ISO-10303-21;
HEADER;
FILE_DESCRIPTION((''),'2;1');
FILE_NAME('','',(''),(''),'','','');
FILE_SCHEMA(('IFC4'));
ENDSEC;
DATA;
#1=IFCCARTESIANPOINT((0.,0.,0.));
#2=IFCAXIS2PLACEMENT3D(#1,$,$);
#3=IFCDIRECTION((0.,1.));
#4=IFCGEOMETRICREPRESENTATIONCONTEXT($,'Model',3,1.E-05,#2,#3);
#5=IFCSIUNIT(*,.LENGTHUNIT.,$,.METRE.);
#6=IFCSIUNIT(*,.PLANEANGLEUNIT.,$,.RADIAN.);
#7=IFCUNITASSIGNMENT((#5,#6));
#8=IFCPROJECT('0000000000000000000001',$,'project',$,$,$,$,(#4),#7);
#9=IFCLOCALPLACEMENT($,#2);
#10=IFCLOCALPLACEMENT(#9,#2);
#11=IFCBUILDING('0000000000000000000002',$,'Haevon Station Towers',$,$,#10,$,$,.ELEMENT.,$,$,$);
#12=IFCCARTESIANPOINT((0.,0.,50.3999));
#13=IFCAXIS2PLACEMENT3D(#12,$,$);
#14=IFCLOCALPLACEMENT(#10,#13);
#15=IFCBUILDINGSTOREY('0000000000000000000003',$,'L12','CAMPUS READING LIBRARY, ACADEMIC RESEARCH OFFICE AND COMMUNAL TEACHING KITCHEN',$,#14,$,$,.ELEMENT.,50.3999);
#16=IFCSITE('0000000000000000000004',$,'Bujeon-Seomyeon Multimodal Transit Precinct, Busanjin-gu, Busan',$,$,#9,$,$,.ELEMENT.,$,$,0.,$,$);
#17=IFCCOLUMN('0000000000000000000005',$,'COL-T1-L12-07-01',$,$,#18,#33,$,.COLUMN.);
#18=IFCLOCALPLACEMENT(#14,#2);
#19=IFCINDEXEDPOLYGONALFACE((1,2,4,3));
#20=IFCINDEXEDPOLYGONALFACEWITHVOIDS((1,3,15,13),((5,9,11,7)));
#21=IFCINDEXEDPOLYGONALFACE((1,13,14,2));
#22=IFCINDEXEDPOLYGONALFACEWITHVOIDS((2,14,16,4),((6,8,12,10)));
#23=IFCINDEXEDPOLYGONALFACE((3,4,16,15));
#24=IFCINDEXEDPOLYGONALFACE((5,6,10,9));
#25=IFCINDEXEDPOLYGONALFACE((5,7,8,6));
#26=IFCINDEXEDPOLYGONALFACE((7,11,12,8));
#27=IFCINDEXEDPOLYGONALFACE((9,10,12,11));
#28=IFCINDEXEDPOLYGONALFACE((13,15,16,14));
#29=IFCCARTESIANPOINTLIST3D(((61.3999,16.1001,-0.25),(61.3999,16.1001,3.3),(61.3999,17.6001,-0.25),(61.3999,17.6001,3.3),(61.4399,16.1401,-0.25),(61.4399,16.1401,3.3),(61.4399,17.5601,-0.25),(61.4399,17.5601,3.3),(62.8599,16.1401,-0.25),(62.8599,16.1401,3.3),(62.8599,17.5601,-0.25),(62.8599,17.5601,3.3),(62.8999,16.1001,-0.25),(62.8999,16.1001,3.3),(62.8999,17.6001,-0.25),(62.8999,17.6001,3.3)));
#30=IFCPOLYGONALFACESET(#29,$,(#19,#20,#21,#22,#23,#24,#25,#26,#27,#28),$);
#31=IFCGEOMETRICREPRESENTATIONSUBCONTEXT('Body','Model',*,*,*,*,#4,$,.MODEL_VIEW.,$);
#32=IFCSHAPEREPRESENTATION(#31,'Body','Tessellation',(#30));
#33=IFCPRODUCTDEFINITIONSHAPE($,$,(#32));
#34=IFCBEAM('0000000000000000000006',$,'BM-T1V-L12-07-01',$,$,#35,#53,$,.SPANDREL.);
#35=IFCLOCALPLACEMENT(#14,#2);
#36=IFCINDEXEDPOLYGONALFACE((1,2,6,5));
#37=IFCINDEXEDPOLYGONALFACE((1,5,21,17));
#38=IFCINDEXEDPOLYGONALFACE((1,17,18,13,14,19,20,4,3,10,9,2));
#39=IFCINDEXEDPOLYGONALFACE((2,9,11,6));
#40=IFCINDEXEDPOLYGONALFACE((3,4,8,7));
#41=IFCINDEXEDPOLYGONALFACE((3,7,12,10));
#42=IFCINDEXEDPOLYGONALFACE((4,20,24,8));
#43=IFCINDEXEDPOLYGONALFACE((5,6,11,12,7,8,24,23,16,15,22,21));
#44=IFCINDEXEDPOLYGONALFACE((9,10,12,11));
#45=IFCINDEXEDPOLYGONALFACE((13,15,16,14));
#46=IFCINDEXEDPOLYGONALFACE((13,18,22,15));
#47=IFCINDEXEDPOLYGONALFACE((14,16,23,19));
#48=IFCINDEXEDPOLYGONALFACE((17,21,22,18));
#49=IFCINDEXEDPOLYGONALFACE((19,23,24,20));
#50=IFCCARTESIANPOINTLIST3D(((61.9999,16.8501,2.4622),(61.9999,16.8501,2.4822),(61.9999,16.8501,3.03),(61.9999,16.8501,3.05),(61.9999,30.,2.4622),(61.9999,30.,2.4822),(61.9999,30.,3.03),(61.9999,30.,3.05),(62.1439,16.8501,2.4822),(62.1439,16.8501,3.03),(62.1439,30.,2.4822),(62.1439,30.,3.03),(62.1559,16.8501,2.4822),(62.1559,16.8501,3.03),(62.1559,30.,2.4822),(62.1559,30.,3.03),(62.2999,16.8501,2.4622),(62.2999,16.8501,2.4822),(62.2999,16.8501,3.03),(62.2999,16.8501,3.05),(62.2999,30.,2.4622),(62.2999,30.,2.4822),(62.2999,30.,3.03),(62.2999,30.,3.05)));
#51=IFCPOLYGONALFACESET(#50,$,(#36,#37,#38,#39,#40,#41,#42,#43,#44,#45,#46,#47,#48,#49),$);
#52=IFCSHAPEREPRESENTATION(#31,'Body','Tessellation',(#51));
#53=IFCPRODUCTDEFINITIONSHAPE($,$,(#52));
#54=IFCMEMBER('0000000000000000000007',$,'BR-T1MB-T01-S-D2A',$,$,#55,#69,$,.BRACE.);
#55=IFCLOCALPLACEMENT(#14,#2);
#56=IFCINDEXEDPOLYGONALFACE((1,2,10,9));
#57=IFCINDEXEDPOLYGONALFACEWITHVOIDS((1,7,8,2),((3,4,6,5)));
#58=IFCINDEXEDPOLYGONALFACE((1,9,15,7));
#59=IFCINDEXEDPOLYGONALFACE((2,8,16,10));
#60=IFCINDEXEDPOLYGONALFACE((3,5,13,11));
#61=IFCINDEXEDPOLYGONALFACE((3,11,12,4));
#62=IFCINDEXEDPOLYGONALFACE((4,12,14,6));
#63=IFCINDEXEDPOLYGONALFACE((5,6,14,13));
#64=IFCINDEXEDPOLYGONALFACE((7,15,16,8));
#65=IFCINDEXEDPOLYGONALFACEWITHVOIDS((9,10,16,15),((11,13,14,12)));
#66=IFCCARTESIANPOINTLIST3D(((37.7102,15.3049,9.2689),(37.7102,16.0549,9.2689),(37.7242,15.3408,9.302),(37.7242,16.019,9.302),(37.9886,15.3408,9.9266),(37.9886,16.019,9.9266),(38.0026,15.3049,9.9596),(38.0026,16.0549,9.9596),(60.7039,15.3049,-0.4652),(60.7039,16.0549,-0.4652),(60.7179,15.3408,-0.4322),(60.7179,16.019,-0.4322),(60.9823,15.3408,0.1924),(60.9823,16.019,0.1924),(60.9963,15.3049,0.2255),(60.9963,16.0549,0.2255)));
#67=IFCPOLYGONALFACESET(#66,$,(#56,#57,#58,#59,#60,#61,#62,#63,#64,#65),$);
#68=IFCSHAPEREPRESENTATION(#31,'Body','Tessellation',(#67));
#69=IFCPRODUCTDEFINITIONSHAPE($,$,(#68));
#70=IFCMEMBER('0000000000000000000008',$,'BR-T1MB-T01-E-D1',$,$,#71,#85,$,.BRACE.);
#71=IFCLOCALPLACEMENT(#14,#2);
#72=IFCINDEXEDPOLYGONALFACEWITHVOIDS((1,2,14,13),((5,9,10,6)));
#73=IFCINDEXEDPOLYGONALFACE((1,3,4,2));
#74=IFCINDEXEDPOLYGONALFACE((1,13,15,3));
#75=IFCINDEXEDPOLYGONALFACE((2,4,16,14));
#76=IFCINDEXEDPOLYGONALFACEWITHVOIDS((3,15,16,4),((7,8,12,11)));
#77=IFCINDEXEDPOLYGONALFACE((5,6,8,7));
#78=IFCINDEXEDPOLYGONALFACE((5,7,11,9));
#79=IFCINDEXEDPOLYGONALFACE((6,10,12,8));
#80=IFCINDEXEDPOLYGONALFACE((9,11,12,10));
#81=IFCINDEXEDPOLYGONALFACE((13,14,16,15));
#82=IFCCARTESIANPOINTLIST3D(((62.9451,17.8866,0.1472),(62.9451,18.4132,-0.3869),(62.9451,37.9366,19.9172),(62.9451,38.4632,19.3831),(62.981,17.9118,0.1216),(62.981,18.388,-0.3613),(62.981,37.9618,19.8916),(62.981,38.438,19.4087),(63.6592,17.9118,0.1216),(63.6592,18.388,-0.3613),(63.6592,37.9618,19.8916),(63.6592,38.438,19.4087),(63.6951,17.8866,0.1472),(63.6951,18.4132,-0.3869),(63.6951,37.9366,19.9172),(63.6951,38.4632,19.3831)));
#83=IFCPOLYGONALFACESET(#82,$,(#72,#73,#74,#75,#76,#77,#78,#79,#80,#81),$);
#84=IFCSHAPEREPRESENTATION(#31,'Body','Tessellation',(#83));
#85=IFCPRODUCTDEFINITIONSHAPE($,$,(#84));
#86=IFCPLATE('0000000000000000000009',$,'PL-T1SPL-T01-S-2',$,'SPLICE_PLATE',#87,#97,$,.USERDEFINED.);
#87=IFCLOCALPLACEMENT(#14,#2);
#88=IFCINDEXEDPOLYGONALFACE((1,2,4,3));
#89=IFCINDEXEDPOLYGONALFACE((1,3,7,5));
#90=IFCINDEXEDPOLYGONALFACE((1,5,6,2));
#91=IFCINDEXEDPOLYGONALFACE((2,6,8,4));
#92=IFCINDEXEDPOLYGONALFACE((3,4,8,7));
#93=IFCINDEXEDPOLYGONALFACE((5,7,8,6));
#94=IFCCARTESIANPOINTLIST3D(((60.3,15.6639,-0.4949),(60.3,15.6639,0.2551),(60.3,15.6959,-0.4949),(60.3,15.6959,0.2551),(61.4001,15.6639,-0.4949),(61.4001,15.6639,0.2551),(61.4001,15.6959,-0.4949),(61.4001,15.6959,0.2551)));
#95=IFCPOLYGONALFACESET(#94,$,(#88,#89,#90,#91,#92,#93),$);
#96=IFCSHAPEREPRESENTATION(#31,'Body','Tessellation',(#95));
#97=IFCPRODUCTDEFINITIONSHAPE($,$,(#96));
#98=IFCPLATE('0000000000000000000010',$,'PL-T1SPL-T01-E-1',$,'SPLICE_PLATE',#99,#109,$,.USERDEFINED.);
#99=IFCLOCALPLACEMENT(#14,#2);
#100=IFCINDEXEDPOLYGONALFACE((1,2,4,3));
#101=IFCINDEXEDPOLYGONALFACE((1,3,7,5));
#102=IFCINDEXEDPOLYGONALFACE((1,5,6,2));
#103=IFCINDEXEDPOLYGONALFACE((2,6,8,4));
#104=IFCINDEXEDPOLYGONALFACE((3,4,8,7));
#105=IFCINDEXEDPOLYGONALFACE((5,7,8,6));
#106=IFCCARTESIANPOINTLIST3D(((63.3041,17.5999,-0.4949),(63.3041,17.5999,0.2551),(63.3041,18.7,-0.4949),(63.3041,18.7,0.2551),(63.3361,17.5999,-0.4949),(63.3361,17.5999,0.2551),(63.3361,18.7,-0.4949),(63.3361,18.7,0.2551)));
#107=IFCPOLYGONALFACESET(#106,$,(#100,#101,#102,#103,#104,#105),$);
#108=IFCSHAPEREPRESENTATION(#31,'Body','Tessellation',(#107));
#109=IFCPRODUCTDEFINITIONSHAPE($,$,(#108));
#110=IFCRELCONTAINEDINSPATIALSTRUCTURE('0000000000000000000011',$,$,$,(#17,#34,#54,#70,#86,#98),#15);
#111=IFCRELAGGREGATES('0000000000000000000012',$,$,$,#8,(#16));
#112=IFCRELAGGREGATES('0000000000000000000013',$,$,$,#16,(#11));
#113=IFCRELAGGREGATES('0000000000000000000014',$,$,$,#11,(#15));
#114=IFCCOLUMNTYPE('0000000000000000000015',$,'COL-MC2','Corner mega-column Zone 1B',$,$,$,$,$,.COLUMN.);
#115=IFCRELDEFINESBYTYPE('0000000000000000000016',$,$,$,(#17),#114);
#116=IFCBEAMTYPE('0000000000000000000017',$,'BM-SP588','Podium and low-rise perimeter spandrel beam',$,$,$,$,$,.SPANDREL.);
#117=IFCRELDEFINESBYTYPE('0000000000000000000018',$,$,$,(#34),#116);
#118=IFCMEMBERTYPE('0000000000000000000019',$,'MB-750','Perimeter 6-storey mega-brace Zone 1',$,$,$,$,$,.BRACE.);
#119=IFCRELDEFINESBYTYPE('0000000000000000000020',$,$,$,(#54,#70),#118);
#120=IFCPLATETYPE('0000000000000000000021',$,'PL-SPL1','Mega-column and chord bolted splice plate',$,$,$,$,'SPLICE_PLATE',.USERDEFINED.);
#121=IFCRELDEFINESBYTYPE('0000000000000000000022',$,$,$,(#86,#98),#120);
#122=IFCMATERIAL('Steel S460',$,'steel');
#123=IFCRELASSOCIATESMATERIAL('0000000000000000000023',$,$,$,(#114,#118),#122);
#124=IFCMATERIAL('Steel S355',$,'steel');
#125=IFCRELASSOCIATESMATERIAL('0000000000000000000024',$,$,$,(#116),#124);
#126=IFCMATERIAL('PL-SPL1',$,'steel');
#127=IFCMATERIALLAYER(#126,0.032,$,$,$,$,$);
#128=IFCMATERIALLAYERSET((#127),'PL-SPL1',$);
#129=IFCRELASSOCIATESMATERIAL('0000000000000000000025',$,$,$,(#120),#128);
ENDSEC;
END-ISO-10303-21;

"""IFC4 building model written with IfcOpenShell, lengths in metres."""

from ifc_helpers import new_model, si_unit, direction, frame, origin, origin_2d, place, context, subcontext, project, spatial, rectangle, hollow_rectangle, i_section, extrude, material, layer, layer_set, material_profile, profile_set, type_object, element, save


model = new_model("IFC4")

# Units and contexts
model_context = context("Model", 3, precision=1e-05, world=origin(), true_north=direction((0.0, 1.0)))
body_context = subcontext(model_context, "Body", "Model", "MODEL_VIEW")
ifc_project = project(units=[si_unit("LENGTHUNIT", "METRE"), si_unit("PLANEANGLEUNIT", "RADIAN")], contexts=[model_context])

# Site, building, storey
site_placement = place(None, origin())
site = spatial("IfcSite", under=ifc_project, at=site_placement, Name="Bujeon-Seomyeon Multimodal Transit Precinct, Busanjin-gu, Busan", CompositionType="ELEMENT", RefElevation=0.0)
building_placement = place(site_placement, origin())
building = spatial("IfcBuilding", under=site, at=building_placement, Name="Haevon Station Towers", CompositionType="ELEMENT")
storey_placement = place(building_placement, frame((0.0, 0.0, 50.3999)))
storey = spatial("IfcBuildingStorey", under=building, at=storey_placement, Name="L12", Description="CAMPUS READING LIBRARY, ACADEMIC RESEARCH OFFICE AND COMMUNAL TEACHING KITCHEN", CompositionType="ELEMENT", Elevation=50.3999)

# Column
ifc_material_1 = material(Name="Steel S460", Category="steel")
ifc_material_profile_1 = material_profile(ifc_material_1, hollow_rectangle(XDim=1.5, YDim=1.5, WallThickness=0.04, at=origin_2d()), Name="BOX-1500x1500x40")
ifc_profile_set_1 = profile_set([ifc_material_profile_1], Name="Steel S460")
column_type = type_object("IfcColumnType", Name="COL-MC2", Description="Corner mega-column Zone 1B", PredefinedType="COLUMN", material=ifc_profile_set_1)
column_placement = place(storey_placement, frame((62.1499, 16.8501, -0.25), z_axis=(0.0, 0.0, 1.0), x_axis=(1.0, 0.0, 0.0)))
element("IfcColumn", 1, at=column_placement, inside=storey, type_object=column_type, Name="COL-T1-L12-07-01", PredefinedType="COLUMN", context=body_context, shape_type="SweptSolid", body=[
    extrude(hollow_rectangle(XDim=1.5, YDim=1.5, WallThickness=0.04, at=origin_2d()), origin(), (0.0, 0.0, 1.0), 3.55),
])

# Beam
ifc_material_2 = material(Name="Steel S355", Category="steel")
ifc_material_profile_2 = material_profile(ifc_material_2, i_section(OverallWidth=0.3, OverallDepth=0.5879, WebThickness=0.012, FlangeThickness=0.02, at=origin_2d()), Name="H-588x300x12x20")
ifc_profile_set_2 = profile_set([ifc_material_profile_2], Name="Steel S355")
beam_type = type_object("IfcBeamType", Name="BM-SP588", Description="Podium and low-rise perimeter spandrel beam", PredefinedType="SPANDREL", material=ifc_profile_set_2)
beam_placement = place(storey_placement, frame((62.1499, 16.8501, 2.7561), z_axis=(0.0, 1.0, 0.0), x_axis=(-1.0, 0.0, 0.0)))
element("IfcBeam", 2, at=beam_placement, inside=storey, type_object=beam_type, Name="BM-T1V-L12-07-01", PredefinedType="SPANDREL", context=body_context, shape_type="SweptSolid", body=[
    extrude(i_section(OverallWidth=0.3, OverallDepth=0.5879, WebThickness=0.012, FlangeThickness=0.02, at=origin_2d()), origin(), (0.0, 0.0, 1.0), 13.1499),
])

# Members
ifc_material_profile_3 = material_profile(ifc_material_1, hollow_rectangle(XDim=0.75, YDim=0.75, WallThickness=0.0359, at=origin_2d()), Name="RHS-750x750x36")
ifc_profile_set_3 = profile_set([ifc_material_profile_3], Name="Steel S460")
member_type = type_object("IfcMemberType", Name="MB-750", Description="Perimeter 6-storey mega-brace Zone 1", PredefinedType="BRACE", material=ifc_profile_set_3)
member_1_placement = place(storey_placement, frame((60.8501, 15.6799, -0.1199), z_axis=(-0.92088, 0.0, 0.389845), x_axis=(0.0, -1.0, 0.0)))
element("IfcMember", 3, at=member_1_placement, inside=storey, type_object=member_type, Name="BR-T1MB-T01-S-D2A", PredefinedType="BRACE", context=body_context, shape_type="SweptSolid", body=[
    extrude(hollow_rectangle(XDim=0.75, YDim=0.75, WallThickness=0.0359, at=origin_2d()), origin(), (0.0, 0.0, 1.0), 24.9692),
])
member_2_placement = place(storey_placement, frame((63.3201, 18.1499, -0.1199), z_axis=(0.0, 0.712062, 0.702117), x_axis=(-1.0, 0.0, 0.0)))
element("IfcMember", 4, at=member_2_placement, inside=storey, type_object=member_type, Name="BR-T1MB-T01-E-D1", PredefinedType="BRACE", context=body_context, shape_type="SweptSolid", body=[
    extrude(hollow_rectangle(XDim=0.75, YDim=0.75, WallThickness=0.0359, at=origin_2d()), origin(), (0.0, 0.0, 1.0), 28.1577),
])

# Plates
ifc_material_3 = material(Name="PL-SPL1", Category="steel")
ifc_layer_1 = layer(ifc_material_3, 0.032)
ifc_layer_set_1 = layer_set([ifc_layer_1], Name="PL-SPL1")
plate_type = type_object("IfcPlateType", Name="PL-SPL1", Description="Mega-column and chord bolted splice plate", ElementType="SPLICE_PLATE", PredefinedType="USERDEFINED", material=ifc_layer_set_1)
for number, where, z_axis, x_axis, name in (
    (5, (60.8501, 15.6799, -0.4949), (0.0, 0.0, 1.0), (1.0, 0.0, 0.0), "PL-T1SPL-T01-S-2"),
    (6, (63.3201, 18.1499, -0.4949), (0.0, 0.0, 1.0), (0.0, 1.0, 0.0), "PL-T1SPL-T01-E-1"),
):
    element("IfcPlate", number, at=place(storey_placement, frame(where, z_axis=z_axis, x_axis=x_axis)), inside=storey, type_object=plate_type, Name=name, ObjectType="SPLICE_PLATE", PredefinedType="USERDEFINED", context=body_context, shape_type="SweptSolid", body=[
        extrude(rectangle(XDim=1.1001, YDim=0.032, at=origin_2d()), origin(), (0.0, 0.0, 1.0), 0.75),
    ])

save(model, "model.ifc")
